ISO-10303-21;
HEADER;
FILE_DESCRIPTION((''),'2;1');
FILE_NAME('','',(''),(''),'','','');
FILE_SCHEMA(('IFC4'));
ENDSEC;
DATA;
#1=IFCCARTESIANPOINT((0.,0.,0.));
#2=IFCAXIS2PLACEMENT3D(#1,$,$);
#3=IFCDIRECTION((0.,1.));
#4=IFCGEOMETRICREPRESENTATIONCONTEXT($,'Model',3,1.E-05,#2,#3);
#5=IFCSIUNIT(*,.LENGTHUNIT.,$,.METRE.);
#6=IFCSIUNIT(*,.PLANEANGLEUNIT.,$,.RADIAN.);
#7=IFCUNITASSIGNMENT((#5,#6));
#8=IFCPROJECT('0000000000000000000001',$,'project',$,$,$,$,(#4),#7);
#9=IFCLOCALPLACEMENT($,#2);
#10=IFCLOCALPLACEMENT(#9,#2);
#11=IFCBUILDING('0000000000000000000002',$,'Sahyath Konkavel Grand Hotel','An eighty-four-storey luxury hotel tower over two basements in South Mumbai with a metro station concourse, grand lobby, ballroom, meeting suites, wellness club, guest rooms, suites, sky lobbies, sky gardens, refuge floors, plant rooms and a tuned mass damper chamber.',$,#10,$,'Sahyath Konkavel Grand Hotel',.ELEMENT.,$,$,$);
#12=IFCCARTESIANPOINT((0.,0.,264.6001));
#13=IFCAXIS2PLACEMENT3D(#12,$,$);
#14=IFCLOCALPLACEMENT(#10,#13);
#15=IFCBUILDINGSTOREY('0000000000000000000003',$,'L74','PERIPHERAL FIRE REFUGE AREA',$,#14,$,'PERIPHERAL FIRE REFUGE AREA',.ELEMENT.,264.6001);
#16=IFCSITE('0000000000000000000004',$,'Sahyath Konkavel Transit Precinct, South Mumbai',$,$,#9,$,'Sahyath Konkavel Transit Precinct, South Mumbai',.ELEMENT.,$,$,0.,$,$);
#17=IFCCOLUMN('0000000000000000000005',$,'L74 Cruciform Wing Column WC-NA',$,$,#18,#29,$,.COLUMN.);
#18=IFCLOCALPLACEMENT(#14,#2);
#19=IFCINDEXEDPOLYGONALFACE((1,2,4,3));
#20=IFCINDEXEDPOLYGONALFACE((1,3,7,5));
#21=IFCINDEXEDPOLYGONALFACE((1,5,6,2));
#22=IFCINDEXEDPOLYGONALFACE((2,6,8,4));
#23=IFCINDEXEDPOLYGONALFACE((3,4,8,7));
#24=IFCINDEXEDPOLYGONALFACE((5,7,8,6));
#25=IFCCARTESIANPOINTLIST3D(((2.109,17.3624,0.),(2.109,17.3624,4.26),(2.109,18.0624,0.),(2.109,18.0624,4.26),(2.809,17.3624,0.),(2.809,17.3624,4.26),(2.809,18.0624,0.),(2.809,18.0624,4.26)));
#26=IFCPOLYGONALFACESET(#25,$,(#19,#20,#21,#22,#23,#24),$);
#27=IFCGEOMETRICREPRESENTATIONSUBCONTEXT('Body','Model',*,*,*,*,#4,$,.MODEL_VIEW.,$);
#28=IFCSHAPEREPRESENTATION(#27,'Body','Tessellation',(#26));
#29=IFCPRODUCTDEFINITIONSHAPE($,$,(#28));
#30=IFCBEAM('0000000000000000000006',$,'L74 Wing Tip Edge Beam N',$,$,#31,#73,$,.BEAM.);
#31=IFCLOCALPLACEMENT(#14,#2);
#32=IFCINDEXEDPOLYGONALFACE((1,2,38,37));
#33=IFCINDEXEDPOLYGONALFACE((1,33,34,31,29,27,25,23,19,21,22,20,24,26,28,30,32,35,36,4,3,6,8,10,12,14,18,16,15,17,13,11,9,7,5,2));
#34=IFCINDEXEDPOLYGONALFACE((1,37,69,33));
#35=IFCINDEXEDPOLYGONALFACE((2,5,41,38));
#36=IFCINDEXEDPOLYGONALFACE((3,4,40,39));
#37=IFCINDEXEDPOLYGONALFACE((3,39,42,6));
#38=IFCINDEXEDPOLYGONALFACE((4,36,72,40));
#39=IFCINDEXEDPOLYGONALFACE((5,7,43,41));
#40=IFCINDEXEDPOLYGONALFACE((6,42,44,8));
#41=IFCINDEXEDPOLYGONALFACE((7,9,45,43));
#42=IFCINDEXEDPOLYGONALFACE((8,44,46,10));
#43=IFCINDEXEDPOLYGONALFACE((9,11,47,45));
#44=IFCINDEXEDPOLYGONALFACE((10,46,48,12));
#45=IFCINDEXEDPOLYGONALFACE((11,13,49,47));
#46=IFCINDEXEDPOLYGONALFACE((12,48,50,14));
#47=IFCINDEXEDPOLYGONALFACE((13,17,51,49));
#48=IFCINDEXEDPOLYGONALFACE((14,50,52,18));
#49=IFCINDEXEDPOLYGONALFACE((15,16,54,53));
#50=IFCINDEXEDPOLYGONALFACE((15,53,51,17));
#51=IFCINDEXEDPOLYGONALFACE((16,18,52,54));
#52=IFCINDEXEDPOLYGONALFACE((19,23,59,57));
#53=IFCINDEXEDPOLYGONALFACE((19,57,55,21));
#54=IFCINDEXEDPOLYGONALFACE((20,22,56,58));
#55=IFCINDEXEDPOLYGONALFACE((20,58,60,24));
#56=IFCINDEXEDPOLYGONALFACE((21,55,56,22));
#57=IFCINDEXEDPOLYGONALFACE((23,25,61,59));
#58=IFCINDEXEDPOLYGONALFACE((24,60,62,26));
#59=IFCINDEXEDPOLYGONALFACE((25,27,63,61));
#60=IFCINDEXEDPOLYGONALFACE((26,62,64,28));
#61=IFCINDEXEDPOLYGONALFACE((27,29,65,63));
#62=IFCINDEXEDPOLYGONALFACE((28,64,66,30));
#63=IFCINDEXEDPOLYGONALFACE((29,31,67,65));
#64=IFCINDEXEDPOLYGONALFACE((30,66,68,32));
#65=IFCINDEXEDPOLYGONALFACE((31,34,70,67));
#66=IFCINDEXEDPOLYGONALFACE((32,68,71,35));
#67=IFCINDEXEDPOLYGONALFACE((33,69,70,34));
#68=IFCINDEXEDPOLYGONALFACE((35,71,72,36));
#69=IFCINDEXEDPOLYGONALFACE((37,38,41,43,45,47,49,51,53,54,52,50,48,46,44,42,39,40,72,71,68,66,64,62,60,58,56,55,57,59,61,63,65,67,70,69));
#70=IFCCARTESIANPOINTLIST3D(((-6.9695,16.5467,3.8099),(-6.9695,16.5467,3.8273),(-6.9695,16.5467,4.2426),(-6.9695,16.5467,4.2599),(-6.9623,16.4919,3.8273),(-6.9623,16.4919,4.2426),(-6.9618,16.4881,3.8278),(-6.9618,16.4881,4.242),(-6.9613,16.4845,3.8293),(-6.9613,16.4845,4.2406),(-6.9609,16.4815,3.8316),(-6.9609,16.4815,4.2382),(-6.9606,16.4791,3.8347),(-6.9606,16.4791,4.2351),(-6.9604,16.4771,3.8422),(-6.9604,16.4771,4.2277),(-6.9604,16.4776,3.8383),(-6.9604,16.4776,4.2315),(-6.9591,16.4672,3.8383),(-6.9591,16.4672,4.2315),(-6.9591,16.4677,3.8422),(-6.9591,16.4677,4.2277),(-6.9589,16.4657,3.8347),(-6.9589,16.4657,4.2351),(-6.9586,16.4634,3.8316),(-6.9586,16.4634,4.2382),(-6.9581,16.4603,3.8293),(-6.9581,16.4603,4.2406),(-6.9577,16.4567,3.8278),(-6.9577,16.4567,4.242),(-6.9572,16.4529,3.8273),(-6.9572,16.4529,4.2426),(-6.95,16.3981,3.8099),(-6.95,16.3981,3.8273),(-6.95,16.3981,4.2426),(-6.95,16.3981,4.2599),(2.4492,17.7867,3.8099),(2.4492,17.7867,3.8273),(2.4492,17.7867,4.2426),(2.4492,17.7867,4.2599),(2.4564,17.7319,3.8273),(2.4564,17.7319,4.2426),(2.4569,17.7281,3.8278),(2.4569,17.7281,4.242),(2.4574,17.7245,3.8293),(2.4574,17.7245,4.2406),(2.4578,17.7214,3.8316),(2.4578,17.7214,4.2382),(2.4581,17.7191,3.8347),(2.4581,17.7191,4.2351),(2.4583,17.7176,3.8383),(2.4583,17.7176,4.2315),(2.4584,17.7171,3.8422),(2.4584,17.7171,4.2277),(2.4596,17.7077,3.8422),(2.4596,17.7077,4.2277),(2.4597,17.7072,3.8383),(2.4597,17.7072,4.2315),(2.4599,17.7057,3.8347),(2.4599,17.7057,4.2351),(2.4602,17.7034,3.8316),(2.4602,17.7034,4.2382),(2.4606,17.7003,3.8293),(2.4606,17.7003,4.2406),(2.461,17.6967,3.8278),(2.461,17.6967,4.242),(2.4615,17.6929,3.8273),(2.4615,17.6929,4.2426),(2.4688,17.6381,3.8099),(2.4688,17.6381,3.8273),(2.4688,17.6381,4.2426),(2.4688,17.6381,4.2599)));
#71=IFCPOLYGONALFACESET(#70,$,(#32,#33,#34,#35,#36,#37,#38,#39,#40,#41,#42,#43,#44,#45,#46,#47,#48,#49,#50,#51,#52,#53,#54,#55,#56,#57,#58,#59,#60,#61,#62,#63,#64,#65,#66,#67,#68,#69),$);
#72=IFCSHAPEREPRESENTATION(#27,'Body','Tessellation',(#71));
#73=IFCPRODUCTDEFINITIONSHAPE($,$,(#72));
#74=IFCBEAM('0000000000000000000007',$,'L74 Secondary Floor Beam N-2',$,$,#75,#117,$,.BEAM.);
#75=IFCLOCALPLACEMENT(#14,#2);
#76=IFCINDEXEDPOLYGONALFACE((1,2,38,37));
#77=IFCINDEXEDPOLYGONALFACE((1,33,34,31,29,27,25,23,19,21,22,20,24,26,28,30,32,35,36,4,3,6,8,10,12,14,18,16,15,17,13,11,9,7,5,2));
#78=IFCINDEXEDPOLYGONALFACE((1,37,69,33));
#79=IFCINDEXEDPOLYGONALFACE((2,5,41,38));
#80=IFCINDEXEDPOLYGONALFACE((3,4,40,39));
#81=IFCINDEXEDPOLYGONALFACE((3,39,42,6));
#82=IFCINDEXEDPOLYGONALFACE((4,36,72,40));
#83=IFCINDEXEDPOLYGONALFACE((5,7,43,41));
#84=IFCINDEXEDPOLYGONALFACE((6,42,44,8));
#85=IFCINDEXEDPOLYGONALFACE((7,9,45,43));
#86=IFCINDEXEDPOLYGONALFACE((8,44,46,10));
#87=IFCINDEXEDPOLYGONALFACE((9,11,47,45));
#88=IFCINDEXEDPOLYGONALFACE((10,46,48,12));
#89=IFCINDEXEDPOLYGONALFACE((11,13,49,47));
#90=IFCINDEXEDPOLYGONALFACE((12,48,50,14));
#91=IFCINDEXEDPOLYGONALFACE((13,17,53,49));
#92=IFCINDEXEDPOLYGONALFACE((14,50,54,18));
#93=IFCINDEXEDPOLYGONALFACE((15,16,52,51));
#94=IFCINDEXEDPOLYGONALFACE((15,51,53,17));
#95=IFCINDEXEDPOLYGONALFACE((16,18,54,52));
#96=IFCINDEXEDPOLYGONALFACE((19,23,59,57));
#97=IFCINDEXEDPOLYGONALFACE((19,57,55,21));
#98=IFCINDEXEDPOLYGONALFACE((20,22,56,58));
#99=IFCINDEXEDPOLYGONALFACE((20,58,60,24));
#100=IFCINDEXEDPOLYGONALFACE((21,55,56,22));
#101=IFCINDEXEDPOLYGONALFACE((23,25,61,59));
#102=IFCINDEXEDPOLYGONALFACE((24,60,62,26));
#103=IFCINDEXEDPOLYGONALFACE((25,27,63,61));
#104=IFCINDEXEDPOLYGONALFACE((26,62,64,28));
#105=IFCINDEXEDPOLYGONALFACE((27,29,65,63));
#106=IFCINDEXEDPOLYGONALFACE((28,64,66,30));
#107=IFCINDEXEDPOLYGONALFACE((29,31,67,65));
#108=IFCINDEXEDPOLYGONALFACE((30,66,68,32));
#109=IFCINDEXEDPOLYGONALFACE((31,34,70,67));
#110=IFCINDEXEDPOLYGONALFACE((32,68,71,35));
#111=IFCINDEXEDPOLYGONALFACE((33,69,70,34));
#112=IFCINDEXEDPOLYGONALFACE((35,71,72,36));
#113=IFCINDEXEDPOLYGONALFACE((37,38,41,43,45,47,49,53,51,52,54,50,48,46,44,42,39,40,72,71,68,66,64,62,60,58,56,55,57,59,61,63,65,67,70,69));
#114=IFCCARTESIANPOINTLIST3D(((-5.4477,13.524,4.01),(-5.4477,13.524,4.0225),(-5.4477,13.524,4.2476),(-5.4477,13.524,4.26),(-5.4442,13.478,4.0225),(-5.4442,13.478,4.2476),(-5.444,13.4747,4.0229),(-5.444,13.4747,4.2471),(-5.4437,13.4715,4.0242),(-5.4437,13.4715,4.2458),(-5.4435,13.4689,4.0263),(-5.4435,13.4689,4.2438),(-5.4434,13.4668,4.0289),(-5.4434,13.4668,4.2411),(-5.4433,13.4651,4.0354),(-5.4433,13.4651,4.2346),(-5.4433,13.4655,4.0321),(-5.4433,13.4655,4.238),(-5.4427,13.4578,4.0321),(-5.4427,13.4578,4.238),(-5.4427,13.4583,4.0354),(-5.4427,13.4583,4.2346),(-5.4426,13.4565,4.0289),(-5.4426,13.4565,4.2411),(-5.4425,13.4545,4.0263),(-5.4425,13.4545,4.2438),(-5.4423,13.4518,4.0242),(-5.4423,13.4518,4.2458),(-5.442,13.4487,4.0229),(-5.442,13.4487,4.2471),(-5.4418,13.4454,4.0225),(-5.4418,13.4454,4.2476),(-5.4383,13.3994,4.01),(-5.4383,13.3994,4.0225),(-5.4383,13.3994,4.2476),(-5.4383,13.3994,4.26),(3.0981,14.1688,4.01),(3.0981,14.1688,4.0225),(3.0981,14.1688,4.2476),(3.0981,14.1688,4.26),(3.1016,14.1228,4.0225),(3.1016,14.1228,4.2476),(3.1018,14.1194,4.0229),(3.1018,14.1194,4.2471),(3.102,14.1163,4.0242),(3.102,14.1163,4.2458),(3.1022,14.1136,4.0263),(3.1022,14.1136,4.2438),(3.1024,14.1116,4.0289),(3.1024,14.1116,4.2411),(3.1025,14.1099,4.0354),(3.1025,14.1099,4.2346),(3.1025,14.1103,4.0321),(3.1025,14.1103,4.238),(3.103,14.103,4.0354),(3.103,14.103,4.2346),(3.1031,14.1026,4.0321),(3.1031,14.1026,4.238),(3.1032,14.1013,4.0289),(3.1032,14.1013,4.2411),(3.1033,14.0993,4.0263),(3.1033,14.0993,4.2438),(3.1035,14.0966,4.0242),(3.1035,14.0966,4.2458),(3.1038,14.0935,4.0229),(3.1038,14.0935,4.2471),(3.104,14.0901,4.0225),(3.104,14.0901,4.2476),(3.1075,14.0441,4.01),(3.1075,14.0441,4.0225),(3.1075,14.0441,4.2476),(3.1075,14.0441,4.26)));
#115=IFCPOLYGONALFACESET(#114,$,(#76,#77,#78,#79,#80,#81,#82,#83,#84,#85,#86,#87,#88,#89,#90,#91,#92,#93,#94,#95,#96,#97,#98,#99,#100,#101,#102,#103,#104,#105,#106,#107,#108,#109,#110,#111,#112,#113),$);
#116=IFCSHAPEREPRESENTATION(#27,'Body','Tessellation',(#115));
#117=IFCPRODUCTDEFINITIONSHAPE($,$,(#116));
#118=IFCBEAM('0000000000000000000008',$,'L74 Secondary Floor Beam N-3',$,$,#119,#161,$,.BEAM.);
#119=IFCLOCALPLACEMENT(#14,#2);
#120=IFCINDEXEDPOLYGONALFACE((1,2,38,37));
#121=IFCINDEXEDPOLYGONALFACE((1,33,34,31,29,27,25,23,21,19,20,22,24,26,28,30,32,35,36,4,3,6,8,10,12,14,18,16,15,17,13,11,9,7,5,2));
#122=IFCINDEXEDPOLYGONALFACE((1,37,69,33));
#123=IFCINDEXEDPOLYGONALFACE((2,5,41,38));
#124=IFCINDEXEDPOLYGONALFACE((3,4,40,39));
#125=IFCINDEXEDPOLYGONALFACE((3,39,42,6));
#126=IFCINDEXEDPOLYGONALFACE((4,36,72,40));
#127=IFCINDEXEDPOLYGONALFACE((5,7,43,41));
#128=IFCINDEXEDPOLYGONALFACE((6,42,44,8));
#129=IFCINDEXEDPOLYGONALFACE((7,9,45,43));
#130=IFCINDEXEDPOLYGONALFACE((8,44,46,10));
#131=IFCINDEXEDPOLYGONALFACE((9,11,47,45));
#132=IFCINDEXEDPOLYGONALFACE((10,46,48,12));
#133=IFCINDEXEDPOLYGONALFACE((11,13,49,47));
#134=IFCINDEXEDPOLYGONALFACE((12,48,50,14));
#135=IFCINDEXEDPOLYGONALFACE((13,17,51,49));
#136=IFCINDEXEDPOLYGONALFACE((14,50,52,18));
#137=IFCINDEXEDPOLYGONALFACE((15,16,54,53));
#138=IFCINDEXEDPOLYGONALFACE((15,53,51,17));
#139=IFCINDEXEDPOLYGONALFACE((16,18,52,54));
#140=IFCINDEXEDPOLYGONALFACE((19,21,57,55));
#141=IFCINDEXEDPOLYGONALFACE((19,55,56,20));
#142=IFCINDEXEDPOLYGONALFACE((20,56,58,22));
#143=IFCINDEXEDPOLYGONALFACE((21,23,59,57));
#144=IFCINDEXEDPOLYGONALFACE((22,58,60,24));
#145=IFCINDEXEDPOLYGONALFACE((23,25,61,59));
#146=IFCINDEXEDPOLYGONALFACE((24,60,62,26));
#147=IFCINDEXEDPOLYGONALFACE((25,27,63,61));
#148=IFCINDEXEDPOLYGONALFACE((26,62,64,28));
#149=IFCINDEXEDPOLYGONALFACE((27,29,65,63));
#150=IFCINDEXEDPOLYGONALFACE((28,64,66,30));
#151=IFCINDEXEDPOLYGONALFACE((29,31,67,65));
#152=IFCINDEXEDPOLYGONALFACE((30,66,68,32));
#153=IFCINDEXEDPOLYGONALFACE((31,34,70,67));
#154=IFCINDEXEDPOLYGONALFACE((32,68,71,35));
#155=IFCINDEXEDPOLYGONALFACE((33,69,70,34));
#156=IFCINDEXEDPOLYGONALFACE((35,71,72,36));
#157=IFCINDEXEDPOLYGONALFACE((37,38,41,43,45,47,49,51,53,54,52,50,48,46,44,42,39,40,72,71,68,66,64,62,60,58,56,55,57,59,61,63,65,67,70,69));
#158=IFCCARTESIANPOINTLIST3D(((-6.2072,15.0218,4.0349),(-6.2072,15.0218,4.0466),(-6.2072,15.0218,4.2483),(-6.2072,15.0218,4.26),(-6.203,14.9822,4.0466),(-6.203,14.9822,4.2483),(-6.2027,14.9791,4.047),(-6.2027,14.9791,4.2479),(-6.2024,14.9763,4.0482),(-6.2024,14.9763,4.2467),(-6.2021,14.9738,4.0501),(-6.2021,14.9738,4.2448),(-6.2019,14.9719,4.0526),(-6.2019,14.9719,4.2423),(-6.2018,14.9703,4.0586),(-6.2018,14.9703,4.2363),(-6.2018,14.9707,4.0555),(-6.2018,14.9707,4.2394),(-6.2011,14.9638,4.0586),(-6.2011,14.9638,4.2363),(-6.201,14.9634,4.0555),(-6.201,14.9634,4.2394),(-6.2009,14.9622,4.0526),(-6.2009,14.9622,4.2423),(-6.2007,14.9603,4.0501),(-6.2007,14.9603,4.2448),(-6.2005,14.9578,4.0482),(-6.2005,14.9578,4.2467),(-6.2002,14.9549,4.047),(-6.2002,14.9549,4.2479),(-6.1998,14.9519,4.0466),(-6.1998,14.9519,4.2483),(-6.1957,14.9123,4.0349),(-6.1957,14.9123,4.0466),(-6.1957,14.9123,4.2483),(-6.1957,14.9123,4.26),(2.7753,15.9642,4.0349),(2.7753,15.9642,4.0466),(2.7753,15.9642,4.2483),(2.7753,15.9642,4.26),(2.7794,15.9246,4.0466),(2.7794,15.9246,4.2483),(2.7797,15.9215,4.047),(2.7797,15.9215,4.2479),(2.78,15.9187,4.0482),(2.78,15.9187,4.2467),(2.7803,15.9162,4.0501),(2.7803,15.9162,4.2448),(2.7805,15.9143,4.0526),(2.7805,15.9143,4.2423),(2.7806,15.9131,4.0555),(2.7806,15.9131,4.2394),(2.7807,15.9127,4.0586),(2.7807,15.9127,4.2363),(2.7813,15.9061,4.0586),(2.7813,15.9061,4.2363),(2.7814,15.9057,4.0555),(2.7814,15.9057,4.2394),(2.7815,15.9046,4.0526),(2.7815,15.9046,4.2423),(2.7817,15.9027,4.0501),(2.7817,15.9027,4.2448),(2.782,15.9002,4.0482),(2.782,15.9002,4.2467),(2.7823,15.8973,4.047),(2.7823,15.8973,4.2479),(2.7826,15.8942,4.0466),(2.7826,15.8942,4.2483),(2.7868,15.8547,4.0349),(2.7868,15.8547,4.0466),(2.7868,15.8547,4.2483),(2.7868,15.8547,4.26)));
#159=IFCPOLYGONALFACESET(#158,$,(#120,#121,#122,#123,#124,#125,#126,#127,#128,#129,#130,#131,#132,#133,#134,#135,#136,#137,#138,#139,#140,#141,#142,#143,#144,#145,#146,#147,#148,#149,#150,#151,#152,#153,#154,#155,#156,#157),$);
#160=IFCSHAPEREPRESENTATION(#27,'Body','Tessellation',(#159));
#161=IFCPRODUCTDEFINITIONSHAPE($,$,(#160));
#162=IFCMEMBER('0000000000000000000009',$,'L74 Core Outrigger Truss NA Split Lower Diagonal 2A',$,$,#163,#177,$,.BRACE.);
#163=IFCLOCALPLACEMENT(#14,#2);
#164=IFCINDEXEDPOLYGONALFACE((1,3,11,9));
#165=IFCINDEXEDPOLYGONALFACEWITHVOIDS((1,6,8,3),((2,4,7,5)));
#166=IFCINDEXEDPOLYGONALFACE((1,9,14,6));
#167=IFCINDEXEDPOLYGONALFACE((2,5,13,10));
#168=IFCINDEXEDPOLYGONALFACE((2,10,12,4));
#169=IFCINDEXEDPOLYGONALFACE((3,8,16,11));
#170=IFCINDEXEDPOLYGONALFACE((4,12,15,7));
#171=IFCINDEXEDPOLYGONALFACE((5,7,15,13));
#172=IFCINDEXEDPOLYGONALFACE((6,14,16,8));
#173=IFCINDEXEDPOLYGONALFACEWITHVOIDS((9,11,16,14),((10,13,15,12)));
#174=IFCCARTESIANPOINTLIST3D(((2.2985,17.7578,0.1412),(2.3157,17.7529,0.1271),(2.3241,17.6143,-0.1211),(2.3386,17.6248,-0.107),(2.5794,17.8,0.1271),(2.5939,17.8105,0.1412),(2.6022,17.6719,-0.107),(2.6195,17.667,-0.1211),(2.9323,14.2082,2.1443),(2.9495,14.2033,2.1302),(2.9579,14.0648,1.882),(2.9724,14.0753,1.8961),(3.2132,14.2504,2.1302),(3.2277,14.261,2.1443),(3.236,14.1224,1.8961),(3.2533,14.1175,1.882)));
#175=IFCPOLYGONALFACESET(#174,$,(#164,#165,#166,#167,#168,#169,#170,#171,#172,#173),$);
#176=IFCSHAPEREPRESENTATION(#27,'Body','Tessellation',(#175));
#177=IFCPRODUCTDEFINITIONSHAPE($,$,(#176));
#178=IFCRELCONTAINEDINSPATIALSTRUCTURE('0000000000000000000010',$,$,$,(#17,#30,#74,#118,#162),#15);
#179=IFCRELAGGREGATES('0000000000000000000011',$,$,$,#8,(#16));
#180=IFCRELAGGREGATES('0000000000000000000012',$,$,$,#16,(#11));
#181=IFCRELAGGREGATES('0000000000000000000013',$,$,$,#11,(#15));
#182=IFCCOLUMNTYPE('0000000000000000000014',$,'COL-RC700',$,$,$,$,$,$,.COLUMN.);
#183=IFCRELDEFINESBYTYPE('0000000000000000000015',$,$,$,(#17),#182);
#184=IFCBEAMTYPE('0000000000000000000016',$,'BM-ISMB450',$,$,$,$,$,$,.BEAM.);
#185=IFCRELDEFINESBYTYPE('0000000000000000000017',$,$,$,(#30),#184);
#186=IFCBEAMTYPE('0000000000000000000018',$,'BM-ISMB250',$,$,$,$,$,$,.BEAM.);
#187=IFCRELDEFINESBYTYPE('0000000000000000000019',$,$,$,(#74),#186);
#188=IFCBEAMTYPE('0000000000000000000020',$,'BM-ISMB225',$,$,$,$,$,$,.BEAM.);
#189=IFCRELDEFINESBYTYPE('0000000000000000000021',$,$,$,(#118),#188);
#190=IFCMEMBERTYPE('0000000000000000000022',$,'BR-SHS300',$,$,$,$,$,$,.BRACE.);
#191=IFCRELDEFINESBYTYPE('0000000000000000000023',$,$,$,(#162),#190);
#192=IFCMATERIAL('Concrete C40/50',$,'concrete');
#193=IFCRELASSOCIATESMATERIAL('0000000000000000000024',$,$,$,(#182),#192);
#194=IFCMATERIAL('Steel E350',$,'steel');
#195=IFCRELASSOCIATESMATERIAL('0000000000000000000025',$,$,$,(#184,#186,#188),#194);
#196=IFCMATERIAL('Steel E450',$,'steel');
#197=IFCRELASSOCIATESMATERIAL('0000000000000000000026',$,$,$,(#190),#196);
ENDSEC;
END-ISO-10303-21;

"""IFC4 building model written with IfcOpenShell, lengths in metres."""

from ifc_helpers import new_model, si_unit, direction, frame, origin, origin_2d, place, context, subcontext, project, spatial, rectangle, hollow_rectangle, i_section, extrude, source, transform, mapped, material, material_profile, profile_set, type_object, element, save


model = new_model("IFC4")

# Units and contexts
model_context = context("Model", 3, precision=1e-05, world=origin(), true_north=direction((0.0, 1.0)))
body_context = subcontext(model_context, "Body", "Model", "MODEL_VIEW")
ifc_project = project(units=[si_unit("LENGTHUNIT", "METRE"), si_unit("PLANEANGLEUNIT", "RADIAN")], contexts=[model_context])

# Site, building, storey
site_placement = place(None, origin())
site = spatial("IfcSite", under=ifc_project, at=site_placement, Name="Sahyath Konkavel Transit Precinct, South Mumbai", LongName="Sahyath Konkavel Transit Precinct, South Mumbai", CompositionType="ELEMENT", RefElevation=0.0)
building_placement = place(site_placement, origin())
building = spatial("IfcBuilding", under=site, at=building_placement, Name="Sahyath Konkavel Grand Hotel", Description="An eighty-four-storey luxury hotel tower over two basements in South Mumbai with a metro station concourse, grand lobby, ballroom, meeting suites, wellness club, guest rooms, suites, sky lobbies, sky gardens, refuge floors, plant rooms and a tuned mass damper chamber.", LongName="Sahyath Konkavel Grand Hotel", CompositionType="ELEMENT")
storey_placement = place(building_placement, frame((0.0, 0.0, 264.6001)))
storey = spatial("IfcBuildingStorey", under=building, at=storey_placement, Name="L74", Description="PERIPHERAL FIRE REFUGE AREA", LongName="PERIPHERAL FIRE REFUGE AREA", CompositionType="ELEMENT", Elevation=264.6001)

# Column
ifc_material_1 = material(Name="Concrete C40/50", Category="concrete")
ifc_material_profile_1 = material_profile(ifc_material_1, rectangle(XDim=0.7, YDim=0.7, at=origin_2d()), Name="RC 700x700")
ifc_profile_set_1 = profile_set([ifc_material_profile_1], Name="Concrete C40/50")
column_type = type_object("IfcColumnType", Name="COL-RC700", PredefinedType="COLUMN", material=ifc_profile_set_1)
shared_shape_1 = source(origin(), body_context, "Body", "SweptSolid", [
    extrude(rectangle(XDim=0.7, YDim=0.7, at=origin_2d()), origin(), (0.0, 0.0, 1.0), 4.26),
])
column_placement = place(storey_placement, frame((2.459, 17.7124, 0.0), z_axis=(0.0, 0.0, 1.0), x_axis=(1.0, 0.0, 0.0)))
element("IfcColumn", 1, at=column_placement, inside=storey, type_object=column_type, Name="L74 Cruciform Wing Column WC-NA", PredefinedType="COLUMN", context=body_context, shape_type="MappedRepresentation", body=[
    mapped(shared_shape_1, transform((0.0, 0.0, 0.0), scale=1.0)),
])

# Beams
ifc_material_2 = material(Name="Steel E350", Category="steel")
ifc_material_profile_2 = material_profile(ifc_material_2, i_section(OverallWidth=0.1499, OverallDepth=0.45, WebThickness=0.0095, FlangeThickness=0.0173, FilletRadius=0.0149, at=origin_2d()), Name="ISMB 450")
ifc_profile_set_2 = profile_set([ifc_material_profile_2], Name="Steel E350")
beam_type_1 = type_object("IfcBeamType", Name="BM-ISMB450", PredefinedType="BEAM", material=ifc_profile_set_2)
shared_shape_2 = source(origin(), body_context, "Body", "SweptSolid", [
    extrude(i_section(OverallWidth=0.1499, OverallDepth=0.45, WebThickness=0.0095, FlangeThickness=0.0173, FilletRadius=0.0149, at=origin_2d()), origin(), (0.0, 0.0, 1.0), 9.5),
])
beam_1_placement = place(storey_placement, frame((2.459, 17.7124, 4.0349), z_axis=(-0.991445, -0.130526, 0.0), x_axis=(0.130526, -0.991445, 0.0)))
element("IfcBeam", 2, at=beam_1_placement, inside=storey, type_object=beam_type_1, Name="L74 Wing Tip Edge Beam N", PredefinedType="BEAM", context=body_context, shape_type="MappedRepresentation", body=[
    mapped(shared_shape_2, transform((0.0, 0.0, 0.0), scale=1.0)),
])
ifc_material_profile_3 = material_profile(ifc_material_2, i_section(OverallWidth=0.125, OverallDepth=0.25, WebThickness=0.0068, FlangeThickness=0.0125, FilletRadius=0.0129, at=origin_2d()), Name="ISMB 250")
ifc_profile_set_3 = profile_set([ifc_material_profile_3], Name="Steel E350")
beam_type_2 = type_object("IfcBeamType", Name="BM-ISMB250", PredefinedType="BEAM", material=ifc_profile_set_3)
shared_shape_3 = source(origin(), body_context, "Body", "SweptSolid", [
    extrude(i_section(OverallWidth=0.125, OverallDepth=0.25, WebThickness=0.0068, FlangeThickness=0.0125, FilletRadius=0.0129, at=origin_2d()), origin(), (0.0, 0.0, 1.0), 8.5701),
])
beam_2_placement = place(storey_placement, frame((3.1028, 14.1064, 4.135), z_axis=(-0.997166, -0.075235, 0.0), x_axis=(0.075235, -0.997166, 0.0)))
element("IfcBeam", 3, at=beam_2_placement, inside=storey, type_object=beam_type_2, Name="L74 Secondary Floor Beam N-2", PredefinedType="BEAM", context=body_context, shape_type="MappedRepresentation", body=[
    mapped(shared_shape_3, transform((0.0, 0.0, 0.0), scale=1.0)),
])
ifc_material_profile_4 = material_profile(ifc_material_2, i_section(OverallWidth=0.1101, OverallDepth=0.2251, WebThickness=0.0066, FlangeThickness=0.0117, FilletRadius=0.012, at=origin_2d()), Name="ISMB 225")
ifc_profile_set_4 = profile_set([ifc_material_profile_4], Name="Steel E350")
beam_type_3 = type_object("IfcBeamType", Name="BM-ISMB225", PredefinedType="BEAM", material=ifc_profile_set_4)
shared_shape_4 = source(origin(), body_context, "Body", "SweptSolid", [
    extrude(i_section(OverallWidth=0.1101, OverallDepth=0.2251, WebThickness=0.0066, FlangeThickness=0.0117, FilletRadius=0.012, at=origin_2d()), origin(), (0.0, 0.0, 1.0), 9.0317),
])
beam_3_placement = place(storey_placement, frame((2.781, 15.9094, 4.1475), z_axis=(-0.994542, -0.104341, 0.0), x_axis=(0.104341, -0.994542, 0.0)))
element("IfcBeam", 4, at=beam_3_placement, inside=storey, type_object=beam_type_3, Name="L74 Secondary Floor Beam N-3", PredefinedType="BEAM", context=body_context, shape_type="MappedRepresentation", body=[
    mapped(shared_shape_4, transform((0.0, 0.0, 0.0), scale=1.0)),
])

# Member
ifc_material_3 = material(Name="Steel E450", Category="steel")
ifc_material_profile_5 = material_profile(ifc_material_3, hollow_rectangle(XDim=0.3, YDim=0.3, WallThickness=0.0161, at=origin_2d()), Name="SHS 300x300x16")
ifc_profile_set_5 = profile_set([ifc_material_profile_5], Name="Steel E450")
member_type_1 = type_object("IfcMemberType", Name="BR-SHS300", PredefinedType="BRACE", material=ifc_profile_set_5)
shared_shape_5 = source(origin(), body_context, "Body", "SweptSolid", [
    extrude(hollow_rectangle(XDim=0.3, YDim=0.3, WallThickness=0.0161, at=origin_2d()), origin(), (0.0, 0.0, 1.0), 4.1248),
])
member_1_placement = place(storey_placement, frame((2.459, 17.7124, 0.01), z_axis=(0.153654, -0.860546, 0.485644), x_axis=(0.984431, 0.175774, 0.0)))
element("IfcMember", 5, at=member_1_placement, inside=storey, type_object=member_type_1, Name="L74 Core Outrigger Truss NA Split Lower Diagonal 2A", PredefinedType="BRACE", context=body_context, shape_type="MappedRepresentation", body=[
    mapped(shared_shape_5, transform((0.0, 0.0, 0.0), scale=1.0)),
])

save(model, "model.ifc")
